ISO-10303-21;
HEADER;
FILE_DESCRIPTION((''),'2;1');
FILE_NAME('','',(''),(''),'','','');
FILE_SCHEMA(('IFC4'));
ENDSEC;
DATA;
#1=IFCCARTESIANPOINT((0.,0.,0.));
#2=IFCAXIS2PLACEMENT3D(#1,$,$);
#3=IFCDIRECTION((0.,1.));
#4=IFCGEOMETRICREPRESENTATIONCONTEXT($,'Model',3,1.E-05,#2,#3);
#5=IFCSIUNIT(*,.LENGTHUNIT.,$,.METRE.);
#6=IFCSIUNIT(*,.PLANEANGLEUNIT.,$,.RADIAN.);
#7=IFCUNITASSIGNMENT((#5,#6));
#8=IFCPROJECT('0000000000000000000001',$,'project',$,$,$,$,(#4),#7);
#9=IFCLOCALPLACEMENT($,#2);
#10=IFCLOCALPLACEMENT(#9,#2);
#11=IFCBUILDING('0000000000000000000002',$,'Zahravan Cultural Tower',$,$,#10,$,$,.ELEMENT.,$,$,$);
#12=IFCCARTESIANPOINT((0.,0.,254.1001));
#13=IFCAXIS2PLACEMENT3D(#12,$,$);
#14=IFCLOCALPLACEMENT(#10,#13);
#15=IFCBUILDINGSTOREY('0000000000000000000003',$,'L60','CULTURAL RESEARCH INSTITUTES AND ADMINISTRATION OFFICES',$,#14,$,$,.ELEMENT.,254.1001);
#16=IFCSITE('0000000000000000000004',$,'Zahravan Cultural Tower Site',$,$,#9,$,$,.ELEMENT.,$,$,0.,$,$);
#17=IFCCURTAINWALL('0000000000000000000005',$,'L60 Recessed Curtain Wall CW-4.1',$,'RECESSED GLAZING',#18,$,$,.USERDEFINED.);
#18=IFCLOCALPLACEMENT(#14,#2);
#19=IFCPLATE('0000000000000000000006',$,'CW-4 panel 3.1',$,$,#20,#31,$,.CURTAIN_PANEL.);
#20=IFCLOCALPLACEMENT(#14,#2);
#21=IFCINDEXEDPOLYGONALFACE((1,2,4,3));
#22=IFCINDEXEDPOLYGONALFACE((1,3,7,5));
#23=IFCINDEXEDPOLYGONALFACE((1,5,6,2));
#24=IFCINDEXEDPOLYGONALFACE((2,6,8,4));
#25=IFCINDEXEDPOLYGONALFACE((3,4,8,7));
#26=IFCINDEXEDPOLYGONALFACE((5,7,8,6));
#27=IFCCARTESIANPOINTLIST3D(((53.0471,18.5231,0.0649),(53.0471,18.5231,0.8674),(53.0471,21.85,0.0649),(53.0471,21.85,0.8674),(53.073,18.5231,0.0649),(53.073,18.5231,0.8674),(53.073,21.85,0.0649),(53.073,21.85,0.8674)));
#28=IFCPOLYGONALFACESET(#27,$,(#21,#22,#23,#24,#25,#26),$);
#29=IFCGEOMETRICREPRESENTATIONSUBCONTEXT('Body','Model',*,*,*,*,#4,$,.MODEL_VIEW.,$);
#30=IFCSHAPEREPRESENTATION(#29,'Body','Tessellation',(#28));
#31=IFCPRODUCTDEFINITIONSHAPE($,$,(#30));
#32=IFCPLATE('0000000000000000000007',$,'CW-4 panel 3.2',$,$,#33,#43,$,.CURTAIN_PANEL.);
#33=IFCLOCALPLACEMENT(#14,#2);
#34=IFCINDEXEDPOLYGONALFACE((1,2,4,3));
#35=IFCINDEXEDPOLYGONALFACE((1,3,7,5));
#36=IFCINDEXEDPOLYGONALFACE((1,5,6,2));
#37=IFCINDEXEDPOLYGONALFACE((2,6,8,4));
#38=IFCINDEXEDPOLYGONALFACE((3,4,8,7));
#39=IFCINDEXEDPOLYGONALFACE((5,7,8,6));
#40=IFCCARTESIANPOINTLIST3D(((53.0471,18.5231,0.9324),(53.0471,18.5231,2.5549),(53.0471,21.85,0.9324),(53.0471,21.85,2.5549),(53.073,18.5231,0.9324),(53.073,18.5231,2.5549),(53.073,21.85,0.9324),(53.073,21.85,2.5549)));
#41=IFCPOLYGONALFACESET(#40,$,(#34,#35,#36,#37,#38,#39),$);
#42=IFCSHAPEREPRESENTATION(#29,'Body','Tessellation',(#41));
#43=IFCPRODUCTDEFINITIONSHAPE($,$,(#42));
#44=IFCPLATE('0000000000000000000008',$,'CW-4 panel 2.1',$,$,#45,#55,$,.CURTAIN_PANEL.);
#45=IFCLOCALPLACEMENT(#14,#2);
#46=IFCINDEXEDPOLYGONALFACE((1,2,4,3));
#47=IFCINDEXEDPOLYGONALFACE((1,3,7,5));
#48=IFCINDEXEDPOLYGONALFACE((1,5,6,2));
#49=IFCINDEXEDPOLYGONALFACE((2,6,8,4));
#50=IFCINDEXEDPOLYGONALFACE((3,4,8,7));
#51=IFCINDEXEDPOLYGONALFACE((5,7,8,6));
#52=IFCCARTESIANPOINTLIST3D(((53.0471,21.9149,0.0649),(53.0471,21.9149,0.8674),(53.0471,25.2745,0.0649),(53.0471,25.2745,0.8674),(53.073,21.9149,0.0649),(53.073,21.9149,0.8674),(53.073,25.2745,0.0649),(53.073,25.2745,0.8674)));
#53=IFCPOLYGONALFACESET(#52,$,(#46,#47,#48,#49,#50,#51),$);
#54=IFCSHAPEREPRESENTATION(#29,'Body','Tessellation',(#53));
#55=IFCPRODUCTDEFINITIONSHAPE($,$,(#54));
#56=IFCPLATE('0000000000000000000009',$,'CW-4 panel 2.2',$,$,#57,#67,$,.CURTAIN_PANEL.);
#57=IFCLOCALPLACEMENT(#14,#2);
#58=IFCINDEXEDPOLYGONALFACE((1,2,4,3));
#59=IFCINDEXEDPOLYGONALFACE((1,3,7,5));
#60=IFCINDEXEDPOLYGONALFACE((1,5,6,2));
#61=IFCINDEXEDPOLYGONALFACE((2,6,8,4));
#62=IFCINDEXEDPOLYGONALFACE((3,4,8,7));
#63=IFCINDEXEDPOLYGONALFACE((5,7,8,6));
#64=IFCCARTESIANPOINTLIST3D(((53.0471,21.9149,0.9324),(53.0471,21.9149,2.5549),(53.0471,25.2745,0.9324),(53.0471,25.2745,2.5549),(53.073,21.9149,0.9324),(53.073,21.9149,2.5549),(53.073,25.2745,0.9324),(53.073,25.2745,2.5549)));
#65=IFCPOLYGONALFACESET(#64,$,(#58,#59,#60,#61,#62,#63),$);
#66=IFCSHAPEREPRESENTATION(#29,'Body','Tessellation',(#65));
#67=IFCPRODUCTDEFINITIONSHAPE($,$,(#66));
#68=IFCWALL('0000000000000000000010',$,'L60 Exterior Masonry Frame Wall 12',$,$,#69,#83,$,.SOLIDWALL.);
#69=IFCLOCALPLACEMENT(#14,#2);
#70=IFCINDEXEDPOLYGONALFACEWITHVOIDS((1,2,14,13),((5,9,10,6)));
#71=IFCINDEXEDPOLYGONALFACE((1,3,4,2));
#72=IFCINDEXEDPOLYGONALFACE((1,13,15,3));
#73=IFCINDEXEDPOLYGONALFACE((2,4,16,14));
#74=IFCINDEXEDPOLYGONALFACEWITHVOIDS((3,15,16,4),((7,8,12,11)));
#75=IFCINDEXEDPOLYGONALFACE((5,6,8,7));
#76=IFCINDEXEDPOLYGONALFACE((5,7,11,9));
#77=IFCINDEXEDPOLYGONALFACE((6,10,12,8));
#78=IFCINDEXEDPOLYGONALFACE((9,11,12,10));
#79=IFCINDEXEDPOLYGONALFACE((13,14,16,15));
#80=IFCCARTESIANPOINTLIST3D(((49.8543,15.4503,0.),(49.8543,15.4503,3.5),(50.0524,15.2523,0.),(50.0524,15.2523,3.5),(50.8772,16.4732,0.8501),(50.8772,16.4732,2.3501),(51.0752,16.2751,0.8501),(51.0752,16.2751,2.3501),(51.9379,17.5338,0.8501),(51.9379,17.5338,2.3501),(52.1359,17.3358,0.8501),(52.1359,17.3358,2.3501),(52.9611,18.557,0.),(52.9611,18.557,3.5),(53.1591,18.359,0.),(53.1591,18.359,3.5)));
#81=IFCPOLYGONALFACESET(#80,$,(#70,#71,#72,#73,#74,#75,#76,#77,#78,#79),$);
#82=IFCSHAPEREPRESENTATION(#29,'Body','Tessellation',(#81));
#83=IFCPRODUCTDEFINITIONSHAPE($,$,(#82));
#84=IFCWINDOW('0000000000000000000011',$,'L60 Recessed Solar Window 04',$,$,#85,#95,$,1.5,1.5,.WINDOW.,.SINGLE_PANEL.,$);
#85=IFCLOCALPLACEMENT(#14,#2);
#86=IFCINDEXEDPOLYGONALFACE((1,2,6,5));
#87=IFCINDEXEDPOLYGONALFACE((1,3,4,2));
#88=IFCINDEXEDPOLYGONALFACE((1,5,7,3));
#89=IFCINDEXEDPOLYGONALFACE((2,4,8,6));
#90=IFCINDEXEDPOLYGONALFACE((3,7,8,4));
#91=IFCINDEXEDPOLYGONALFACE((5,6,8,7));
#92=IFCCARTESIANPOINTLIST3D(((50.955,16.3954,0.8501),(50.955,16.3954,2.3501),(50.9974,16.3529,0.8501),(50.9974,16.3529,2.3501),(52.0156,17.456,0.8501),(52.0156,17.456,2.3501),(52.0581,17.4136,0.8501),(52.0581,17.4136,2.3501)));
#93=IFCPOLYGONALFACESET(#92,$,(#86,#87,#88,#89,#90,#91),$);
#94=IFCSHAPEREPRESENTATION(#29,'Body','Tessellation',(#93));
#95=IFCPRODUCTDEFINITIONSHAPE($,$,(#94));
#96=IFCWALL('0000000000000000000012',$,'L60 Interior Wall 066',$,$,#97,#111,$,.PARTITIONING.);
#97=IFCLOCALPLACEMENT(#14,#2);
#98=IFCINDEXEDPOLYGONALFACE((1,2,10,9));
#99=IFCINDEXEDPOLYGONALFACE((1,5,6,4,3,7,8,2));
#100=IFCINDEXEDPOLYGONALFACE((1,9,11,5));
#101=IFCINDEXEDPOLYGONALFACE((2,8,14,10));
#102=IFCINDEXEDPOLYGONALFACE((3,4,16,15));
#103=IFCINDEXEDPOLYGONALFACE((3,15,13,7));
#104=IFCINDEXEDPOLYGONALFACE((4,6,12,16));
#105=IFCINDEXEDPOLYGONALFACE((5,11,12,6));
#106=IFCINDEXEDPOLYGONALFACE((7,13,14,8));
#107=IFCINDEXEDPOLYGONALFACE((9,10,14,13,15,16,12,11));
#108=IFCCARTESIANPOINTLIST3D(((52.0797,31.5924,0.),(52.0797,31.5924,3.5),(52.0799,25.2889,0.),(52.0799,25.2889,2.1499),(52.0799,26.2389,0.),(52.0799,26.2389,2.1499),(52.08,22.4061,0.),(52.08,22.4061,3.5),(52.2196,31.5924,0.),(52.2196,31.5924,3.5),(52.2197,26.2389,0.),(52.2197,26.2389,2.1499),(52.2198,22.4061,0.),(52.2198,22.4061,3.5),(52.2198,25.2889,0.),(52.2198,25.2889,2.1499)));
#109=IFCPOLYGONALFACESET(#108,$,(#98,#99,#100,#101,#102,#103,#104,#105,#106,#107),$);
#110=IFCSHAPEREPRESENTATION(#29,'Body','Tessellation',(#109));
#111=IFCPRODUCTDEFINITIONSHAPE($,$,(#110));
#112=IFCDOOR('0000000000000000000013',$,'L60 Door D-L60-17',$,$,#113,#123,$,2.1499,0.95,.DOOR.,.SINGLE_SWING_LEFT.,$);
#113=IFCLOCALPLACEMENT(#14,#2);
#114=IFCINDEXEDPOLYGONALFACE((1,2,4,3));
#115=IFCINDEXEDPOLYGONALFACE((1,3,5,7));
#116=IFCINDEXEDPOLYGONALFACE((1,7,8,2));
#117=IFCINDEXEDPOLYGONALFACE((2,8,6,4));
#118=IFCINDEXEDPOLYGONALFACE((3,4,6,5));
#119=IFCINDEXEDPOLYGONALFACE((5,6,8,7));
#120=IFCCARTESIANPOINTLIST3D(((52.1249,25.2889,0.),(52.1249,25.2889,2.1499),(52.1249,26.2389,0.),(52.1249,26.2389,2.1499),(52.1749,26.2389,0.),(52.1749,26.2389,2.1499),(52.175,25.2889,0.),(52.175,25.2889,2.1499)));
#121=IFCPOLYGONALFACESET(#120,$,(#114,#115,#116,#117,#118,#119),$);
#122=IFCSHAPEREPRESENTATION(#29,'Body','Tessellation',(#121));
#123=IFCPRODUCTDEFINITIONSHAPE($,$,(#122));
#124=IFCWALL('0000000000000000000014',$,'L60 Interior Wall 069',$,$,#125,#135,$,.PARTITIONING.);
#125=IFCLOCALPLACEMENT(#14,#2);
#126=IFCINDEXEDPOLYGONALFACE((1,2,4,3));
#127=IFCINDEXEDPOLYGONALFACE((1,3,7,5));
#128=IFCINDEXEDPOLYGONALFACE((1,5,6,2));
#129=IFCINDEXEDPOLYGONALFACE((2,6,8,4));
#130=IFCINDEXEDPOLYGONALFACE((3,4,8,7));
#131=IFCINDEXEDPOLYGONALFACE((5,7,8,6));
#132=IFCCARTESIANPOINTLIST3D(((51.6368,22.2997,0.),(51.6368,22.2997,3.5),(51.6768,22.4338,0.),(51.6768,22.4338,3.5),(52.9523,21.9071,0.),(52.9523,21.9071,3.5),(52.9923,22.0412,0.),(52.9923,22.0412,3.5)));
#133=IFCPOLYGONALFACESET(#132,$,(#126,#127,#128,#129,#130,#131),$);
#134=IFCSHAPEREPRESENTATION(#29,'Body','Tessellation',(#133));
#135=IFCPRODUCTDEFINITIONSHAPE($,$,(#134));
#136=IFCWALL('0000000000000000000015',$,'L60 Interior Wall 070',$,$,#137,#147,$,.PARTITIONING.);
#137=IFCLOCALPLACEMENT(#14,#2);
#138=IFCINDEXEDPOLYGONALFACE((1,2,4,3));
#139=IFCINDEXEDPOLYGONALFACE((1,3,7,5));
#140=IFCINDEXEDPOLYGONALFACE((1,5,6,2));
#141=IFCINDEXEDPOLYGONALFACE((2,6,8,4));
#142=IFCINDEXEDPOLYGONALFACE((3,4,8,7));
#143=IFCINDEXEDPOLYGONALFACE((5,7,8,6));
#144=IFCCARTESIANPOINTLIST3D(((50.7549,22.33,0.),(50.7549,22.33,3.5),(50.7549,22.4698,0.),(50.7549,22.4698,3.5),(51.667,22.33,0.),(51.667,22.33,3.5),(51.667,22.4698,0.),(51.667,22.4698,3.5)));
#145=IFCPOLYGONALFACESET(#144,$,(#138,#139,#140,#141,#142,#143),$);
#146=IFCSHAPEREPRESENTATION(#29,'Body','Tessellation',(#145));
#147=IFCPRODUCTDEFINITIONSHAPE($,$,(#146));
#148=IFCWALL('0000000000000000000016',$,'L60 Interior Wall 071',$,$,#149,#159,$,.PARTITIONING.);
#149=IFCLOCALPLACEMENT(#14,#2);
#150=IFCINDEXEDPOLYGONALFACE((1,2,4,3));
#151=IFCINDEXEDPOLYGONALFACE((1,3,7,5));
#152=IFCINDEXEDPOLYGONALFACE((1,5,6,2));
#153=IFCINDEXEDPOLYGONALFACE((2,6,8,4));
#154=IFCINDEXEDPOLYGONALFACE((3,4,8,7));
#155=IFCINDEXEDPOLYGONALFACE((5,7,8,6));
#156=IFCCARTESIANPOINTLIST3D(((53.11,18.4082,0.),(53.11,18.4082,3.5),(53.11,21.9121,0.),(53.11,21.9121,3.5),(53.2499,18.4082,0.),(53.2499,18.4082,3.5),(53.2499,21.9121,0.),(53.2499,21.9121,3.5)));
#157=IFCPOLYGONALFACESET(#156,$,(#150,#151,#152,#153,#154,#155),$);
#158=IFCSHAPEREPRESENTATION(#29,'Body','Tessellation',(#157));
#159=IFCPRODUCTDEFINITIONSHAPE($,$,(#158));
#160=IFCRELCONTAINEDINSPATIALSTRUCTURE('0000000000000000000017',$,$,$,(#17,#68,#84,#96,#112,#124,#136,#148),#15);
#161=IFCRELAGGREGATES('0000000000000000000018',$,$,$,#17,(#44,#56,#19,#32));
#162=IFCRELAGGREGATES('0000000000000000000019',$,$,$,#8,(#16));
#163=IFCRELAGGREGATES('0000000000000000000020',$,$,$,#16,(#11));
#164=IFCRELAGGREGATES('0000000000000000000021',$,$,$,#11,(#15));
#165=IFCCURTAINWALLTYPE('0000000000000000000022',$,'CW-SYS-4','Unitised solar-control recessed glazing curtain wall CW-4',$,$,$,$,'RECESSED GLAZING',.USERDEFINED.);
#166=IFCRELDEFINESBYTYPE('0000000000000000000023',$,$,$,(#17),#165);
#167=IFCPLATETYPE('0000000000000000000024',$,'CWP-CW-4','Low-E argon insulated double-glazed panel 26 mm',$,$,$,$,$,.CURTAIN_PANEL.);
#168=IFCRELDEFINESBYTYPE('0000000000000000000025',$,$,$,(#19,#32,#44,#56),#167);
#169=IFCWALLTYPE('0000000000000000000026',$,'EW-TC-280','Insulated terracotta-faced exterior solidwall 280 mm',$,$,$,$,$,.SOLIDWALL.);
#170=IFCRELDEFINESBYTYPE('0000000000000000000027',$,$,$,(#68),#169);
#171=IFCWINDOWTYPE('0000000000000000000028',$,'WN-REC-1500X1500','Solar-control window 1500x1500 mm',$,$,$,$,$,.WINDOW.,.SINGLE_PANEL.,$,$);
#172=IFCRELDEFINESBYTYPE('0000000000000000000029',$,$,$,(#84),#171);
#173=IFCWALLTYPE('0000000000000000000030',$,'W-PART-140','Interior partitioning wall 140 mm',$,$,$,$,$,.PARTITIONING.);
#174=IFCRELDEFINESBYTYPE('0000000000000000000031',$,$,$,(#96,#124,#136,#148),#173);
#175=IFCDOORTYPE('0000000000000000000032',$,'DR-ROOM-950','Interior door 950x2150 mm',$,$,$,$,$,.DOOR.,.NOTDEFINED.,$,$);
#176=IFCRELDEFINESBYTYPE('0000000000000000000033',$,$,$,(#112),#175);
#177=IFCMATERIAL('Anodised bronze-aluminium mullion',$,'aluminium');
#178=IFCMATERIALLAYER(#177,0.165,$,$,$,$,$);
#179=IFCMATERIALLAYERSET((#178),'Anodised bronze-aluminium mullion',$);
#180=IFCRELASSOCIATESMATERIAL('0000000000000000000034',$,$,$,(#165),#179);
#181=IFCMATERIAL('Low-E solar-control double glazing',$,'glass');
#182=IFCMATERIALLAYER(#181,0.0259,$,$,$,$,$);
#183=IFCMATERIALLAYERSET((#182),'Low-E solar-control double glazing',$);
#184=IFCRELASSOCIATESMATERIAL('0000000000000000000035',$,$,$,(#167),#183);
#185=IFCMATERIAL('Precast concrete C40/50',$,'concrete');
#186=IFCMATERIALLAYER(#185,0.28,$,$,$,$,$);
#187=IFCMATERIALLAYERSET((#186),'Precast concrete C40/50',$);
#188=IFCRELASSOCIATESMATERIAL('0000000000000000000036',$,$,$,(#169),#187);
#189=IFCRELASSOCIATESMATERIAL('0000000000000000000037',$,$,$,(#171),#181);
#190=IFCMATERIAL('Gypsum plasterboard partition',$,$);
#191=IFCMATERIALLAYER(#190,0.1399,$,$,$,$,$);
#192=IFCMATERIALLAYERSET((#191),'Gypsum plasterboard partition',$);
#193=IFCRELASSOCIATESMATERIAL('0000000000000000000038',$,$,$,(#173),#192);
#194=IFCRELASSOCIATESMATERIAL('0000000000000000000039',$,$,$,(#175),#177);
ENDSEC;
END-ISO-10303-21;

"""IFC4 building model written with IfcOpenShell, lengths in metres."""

from ifc_helpers import new_model, si_unit, direction, frame, frame_2d, origin, origin_2d, place, context, subcontext, project, spatial, rectangle, extrude, source, transform, mapped, material, layer, layer_set, type_object, element, fill, aggregate, save


model = new_model("IFC4")

# Units and contexts
model_context = context("Model", 3, precision=1e-05, world=origin(), true_north=direction((0.0, 1.0)))
body_context = subcontext(model_context, "Body", "Model", "MODEL_VIEW")
ifc_project = project(units=[si_unit("LENGTHUNIT", "METRE"), si_unit("PLANEANGLEUNIT", "RADIAN")], contexts=[model_context])

# Site, building, storey
site_placement = place(None, origin())
site = spatial("IfcSite", under=ifc_project, at=site_placement, Name="Zahravan Cultural Tower Site", CompositionType="ELEMENT", RefElevation=0.0)
building_placement = place(site_placement, origin())
building = spatial("IfcBuilding", under=site, at=building_placement, Name="Zahravan Cultural Tower", CompositionType="ELEMENT")
storey_placement = place(building_placement, frame((0.0, 0.0, 254.1001)))
storey = spatial("IfcBuildingStorey", under=building, at=storey_placement, Name="L60", Description="CULTURAL RESEARCH INSTITUTES AND ADMINISTRATION OFFICES", CompositionType="ELEMENT", Elevation=254.1001)

# Curtain wall, plates
ifc_material_1 = material(Name="Anodised bronze-aluminium mullion", Category="aluminium")
ifc_layer_1 = layer(ifc_material_1, 0.165)
ifc_layer_set_1 = layer_set([ifc_layer_1], Name="Anodised bronze-aluminium mullion")
curtain_wall_type = type_object("IfcCurtainWallType", Name="CW-SYS-4", Description="Unitised solar-control recessed glazing curtain wall CW-4", ElementType="RECESSED GLAZING", PredefinedType="USERDEFINED", material=ifc_layer_set_1)
curtain_wall_placement = place(storey_placement, origin())
curtain_wall = element("IfcCurtainWall", 1, at=curtain_wall_placement, inside=storey, type_object=curtain_wall_type, Name="L60 Recessed Curtain Wall CW-4.1", ObjectType="RECESSED GLAZING", PredefinedType="USERDEFINED")
ifc_material_2 = material(Name="Low-E solar-control double glazing", Category="glass")
ifc_layer_2 = layer(ifc_material_2, 0.0259)
ifc_layer_set_2 = layer_set([ifc_layer_2], Name="Low-E solar-control double glazing")
plate_type = type_object("IfcPlateType", Name="CWP-CW-4", Description="Low-E argon insulated double-glazed panel 26 mm", PredefinedType="CURTAIN_PANEL", material=ifc_layer_set_2)
shared_shape_1 = source(origin(), body_context, "Body", "SweptSolid", [
    extrude(rectangle(XDim=3.3269, YDim=0.0259, at=origin_2d()), origin(), (0.0, 0.0, 1.0), 0.8025),
])
plate_1_placement = place(storey_placement, frame((53.0601, 20.1865, 0.0649), z_axis=(0.0, 0.0, 1.0), x_axis=(0.0, -1.0, 0.0)))
plate_1 = element("IfcPlate", 2, at=plate_1_placement, type_object=plate_type, Name="CW-4 panel 3.1", PredefinedType="CURTAIN_PANEL", context=body_context, shape_type="MappedRepresentation", body=[
    mapped(shared_shape_1, transform((0.0, 0.0, 0.0), x_axis=(1.0, 0.0, 0.0), y_axis=(0.0, 1.0, 0.0), z_axis=(0.0, 0.0, 1.0), scale=1.0)),
])
shared_shape_2 = source(origin(), body_context, "Body", "SweptSolid", [
    extrude(rectangle(XDim=3.3269, YDim=0.0259, at=origin_2d()), origin(), (0.0, 0.0, 1.0), 1.6226),
])
plate_2_placement = place(storey_placement, frame((53.0601, 20.1865, 0.9324), z_axis=(0.0, 0.0, 1.0), x_axis=(0.0, -1.0, 0.0)))
plate_2 = element("IfcPlate", 3, at=plate_2_placement, type_object=plate_type, Name="CW-4 panel 3.2", PredefinedType="CURTAIN_PANEL", context=body_context, shape_type="MappedRepresentation", body=[
    mapped(shared_shape_2, transform((0.0, 0.0, 0.0), x_axis=(1.0, 0.0, 0.0), y_axis=(0.0, 1.0, 0.0), z_axis=(0.0, 0.0, 1.0), scale=1.0)),
])
shared_shape_3 = source(origin(), body_context, "Body", "SweptSolid", [
    extrude(rectangle(XDim=3.3596, YDim=0.0259, at=origin_2d()), origin(), (0.0, 0.0, 1.0), 0.8025),
])
plate_3_placement = place(storey_placement, frame((53.0601, 23.5947, 0.0649), z_axis=(0.0, 0.0, 1.0), x_axis=(0.0, -1.0, 0.0)))
plate_3 = element("IfcPlate", 4, at=plate_3_placement, type_object=plate_type, Name="CW-4 panel 2.1", PredefinedType="CURTAIN_PANEL", context=body_context, shape_type="MappedRepresentation", body=[
    mapped(shared_shape_3, transform((0.0, 0.0, 0.0), x_axis=(1.0, 0.0, 0.0), y_axis=(0.0, 1.0, 0.0), z_axis=(0.0, 0.0, 1.0), scale=1.0)),
])
shared_shape_4 = source(origin(), body_context, "Body", "SweptSolid", [
    extrude(rectangle(XDim=3.3596, YDim=0.0259, at=origin_2d()), origin(), (0.0, 0.0, 1.0), 1.6226),
])
plate_4_placement = place(storey_placement, frame((53.0601, 23.5947, 0.9324), z_axis=(0.0, 0.0, 1.0), x_axis=(0.0, -1.0, 0.0)))
plate_4 = element("IfcPlate", 5, at=plate_4_placement, type_object=plate_type, Name="CW-4 panel 2.2", PredefinedType="CURTAIN_PANEL", context=body_context, shape_type="MappedRepresentation", body=[
    mapped(shared_shape_4, transform((0.0, 0.0, 0.0), x_axis=(1.0, 0.0, 0.0), y_axis=(0.0, 1.0, 0.0), z_axis=(0.0, 0.0, 1.0), scale=1.0)),
])
aggregate(curtain_wall, [plate_3, plate_4, plate_1, plate_2])

# Wall, opening, window
ifc_material_3 = material(Name="Precast concrete C40/50", Category="concrete")
ifc_layer_3 = layer(ifc_material_3, 0.28)
ifc_layer_set_3 = layer_set([ifc_layer_3], Name="Precast concrete C40/50")
wall_type_1 = type_object("IfcWallType", Name="EW-TC-280", Description="Insulated terracotta-faced exterior solidwall 280 mm", PredefinedType="SOLIDWALL", material=ifc_layer_set_3)
wall_1_placement = place(storey_placement, frame((53.0601, 18.458, 0.0), z_axis=(0.0, 0.0, 1.0), x_axis=(-0.707107, -0.707107, 0.0)))
wall_1 = element("IfcWall", 6, at=wall_1_placement, inside=storey, type_object=wall_type_1, Name="L60 Exterior Masonry Frame Wall 12", PredefinedType="SOLIDWALL", context=body_context, shape_type="SweptSolid", body=[
    extrude(rectangle(XDim=4.3936, YDim=0.28, at=frame_2d((2.1968, 0.0))), origin(), (0.0, 0.0, 1.0), 3.5),
])
opening_1_placement = place(wall_1_placement, frame((1.447, 0.0, 0.8501)))
opening_1 = element("IfcOpeningElement", 7, at=opening_1_placement, cuts=wall_1, PredefinedType="OPENING", context=body_context, shape_type="SweptSolid", body=[
    extrude(rectangle(XDim=1.5, YDim=1.5, at=frame_2d((0.75, 0.75))), frame((0.0, 0.1499, 0.0), z_axis=(0.0, -1.0, 0.0), x_axis=(1.0, 0.0, 0.0)), (0.0, 0.0, 1.0), 0.3),
])
window_type = type_object("IfcWindowType", Name="WN-REC-1500X1500", Description="Solar-control window 1500x1500 mm", PartitioningType="SINGLE_PANEL", PredefinedType="WINDOW", material=ifc_material_2)
shared_shape_5 = source(origin(), body_context, "Body", "SweptSolid", [
    extrude(rectangle(XDim=1.5, YDim=1.5, at=frame_2d((0.75, 0.75))), frame((0.0, 0.03, 0.0), z_axis=(0.0, -1.0, 0.0), x_axis=(1.0, 0.0, 0.0)), (0.0, 0.0, 1.0), 0.0601),
])
window_placement = place(opening_1_placement, origin())
window = element("IfcWindow", 8, at=window_placement, inside=storey, type_object=window_type, Name="L60 Recessed Solar Window 04", OverallHeight=1.5, OverallWidth=1.5, PartitioningType="SINGLE_PANEL", PredefinedType="WINDOW", context=body_context, shape_type="MappedRepresentation", body=[
    mapped(shared_shape_5, transform((0.0, 0.0, 0.0), x_axis=(1.0, 0.0, 0.0), y_axis=(0.0, 1.0, 0.0), z_axis=(0.0, 0.0, 1.0), scale=1.0)),
])
fill(opening_1, window)

# Wall, opening, door
ifc_material_4 = material(Name="Gypsum plasterboard partition")
ifc_layer_4 = layer(ifc_material_4, 0.1399)
ifc_layer_set_4 = layer_set([ifc_layer_4], Name="Gypsum plasterboard partition")
wall_type_2 = type_object("IfcWallType", Name="W-PART-140", Description="Interior partitioning wall 140 mm", PredefinedType="PARTITIONING", material=ifc_layer_set_4)
wall_2_placement = place(storey_placement, frame((52.1499, 22.406, 0.0), z_axis=(0.0, 0.0, 1.0), x_axis=(-0.000027, 1.0, 0.0)))
wall_2 = element("IfcWall", 9, at=wall_2_placement, inside=storey, type_object=wall_type_2, Name="L60 Interior Wall 066", PredefinedType="PARTITIONING", context=body_context, shape_type="SweptSolid", body=[
    extrude(rectangle(XDim=9.1863, YDim=0.1399, at=frame_2d((4.5933, 0.0))), origin(), (0.0, 0.0, 1.0), 3.5),
])
opening_2_placement = place(wall_2_placement, frame((2.8828, 0.0, 0.0)))
opening_2 = element("IfcOpeningElement", 10, at=opening_2_placement, cuts=wall_2, PredefinedType="OPENING", context=body_context, shape_type="SweptSolid", body=[
    extrude(rectangle(XDim=0.95, YDim=2.1499, at=frame_2d((0.4751, 1.075))), frame((0.0, 0.0798, 0.0), z_axis=(0.0, -1.0, 0.0), x_axis=(1.0, 0.0, 0.0)), (0.0, 0.0, 1.0), 0.1599),
])
door_type = type_object("IfcDoorType", Name="DR-ROOM-950", Description="Interior door 950x2150 mm", OperationType="NOTDEFINED", PredefinedType="DOOR", material=ifc_material_1)
shared_shape_6 = source(origin(), body_context, "Body", "SweptSolid", [
    extrude(rectangle(XDim=0.95, YDim=2.1499, at=frame_2d((0.4751, 1.075))), frame((0.0, 0.0249, 0.0), z_axis=(0.0, -1.0, 0.0), x_axis=(1.0, 0.0, 0.0)), (0.0, 0.0, 1.0), 0.05),
])
door_placement = place(opening_2_placement, origin())
door = element("IfcDoor", 11, at=door_placement, inside=storey, type_object=door_type, Name="L60 Door D-L60-17", OperationType="SINGLE_SWING_LEFT", OverallHeight=2.1499, OverallWidth=0.95, PredefinedType="DOOR", context=body_context, shape_type="MappedRepresentation", body=[
    mapped(shared_shape_6, transform((0.0, 0.0, 0.0), x_axis=(1.0, 0.0, 0.0), y_axis=(0.0, 1.0, 0.0), z_axis=(0.0, 0.0, 1.0), scale=1.0)),
])
fill(opening_2, door)

# Walls
shared_shape_7 = source(origin(), body_context, "Body", "SweptSolid", [
    extrude(rectangle(XDim=1.3728, YDim=0.1399, at=frame_2d((0.6865, 0.0))), origin(), (0.0, 0.0, 1.0), 3.5),
])
wall_3_placement = place(storey_placement, frame((52.9724, 21.9741, 0.0), z_axis=(0.0, 0.0, 1.0), x_axis=(-0.958236, 0.285977, 0.0)))
element("IfcWall", 12, at=wall_3_placement, inside=storey, type_object=wall_type_2, Name="L60 Interior Wall 069", PredefinedType="PARTITIONING", context=body_context, shape_type="MappedRepresentation", body=[
    mapped(shared_shape_7, transform((0.0, 0.0, 0.0), x_axis=(1.0, 0.0, 0.0), y_axis=(0.0, 1.0, 0.0), z_axis=(0.0, 0.0, 1.0), scale=1.0)),
])
shared_shape_8 = source(origin(), body_context, "Body", "SweptSolid", [
    extrude(rectangle(XDim=0.9121, YDim=0.1399, at=frame_2d((0.4561, 0.0))), origin(), (0.0, 0.0, 1.0), 3.5),
])
wall_4_placement = place(storey_placement, frame((50.7549, 22.3999, 0.0), z_axis=(0.0, 0.0, 1.0), x_axis=(1.0, 0.0, 0.0)))
element("IfcWall", 13, at=wall_4_placement, inside=storey, type_object=wall_type_2, Name="L60 Interior Wall 070", PredefinedType="PARTITIONING", context=body_context, shape_type="MappedRepresentation", body=[
    mapped(shared_shape_8, transform((0.0, 0.0, 0.0), x_axis=(1.0, 0.0, 0.0), y_axis=(0.0, 1.0, 0.0), z_axis=(0.0, 0.0, 1.0), scale=1.0)),
])
shared_shape_9 = source(origin(), body_context, "Body", "SweptSolid", [
    extrude(rectangle(XDim=3.5039, YDim=0.1399, at=frame_2d((1.752, 0.0))), origin(), (0.0, 0.0, 1.0), 3.5),
])
wall_5_placement = place(storey_placement, frame((53.1799, 21.9121, 0.0), z_axis=(0.0, 0.0, 1.0), x_axis=(0.0, -1.0, 0.0)))
element("IfcWall", 14, at=wall_5_placement, inside=storey, type_object=wall_type_2, Name="L60 Interior Wall 071", PredefinedType="PARTITIONING", context=body_context, shape_type="MappedRepresentation", body=[
    mapped(shared_shape_9, transform((0.0, 0.0, 0.0), x_axis=(1.0, 0.0, 0.0), y_axis=(0.0, 1.0, 0.0), z_axis=(0.0, 0.0, 1.0), scale=1.0)),
])

save(model, "model.ifc")
